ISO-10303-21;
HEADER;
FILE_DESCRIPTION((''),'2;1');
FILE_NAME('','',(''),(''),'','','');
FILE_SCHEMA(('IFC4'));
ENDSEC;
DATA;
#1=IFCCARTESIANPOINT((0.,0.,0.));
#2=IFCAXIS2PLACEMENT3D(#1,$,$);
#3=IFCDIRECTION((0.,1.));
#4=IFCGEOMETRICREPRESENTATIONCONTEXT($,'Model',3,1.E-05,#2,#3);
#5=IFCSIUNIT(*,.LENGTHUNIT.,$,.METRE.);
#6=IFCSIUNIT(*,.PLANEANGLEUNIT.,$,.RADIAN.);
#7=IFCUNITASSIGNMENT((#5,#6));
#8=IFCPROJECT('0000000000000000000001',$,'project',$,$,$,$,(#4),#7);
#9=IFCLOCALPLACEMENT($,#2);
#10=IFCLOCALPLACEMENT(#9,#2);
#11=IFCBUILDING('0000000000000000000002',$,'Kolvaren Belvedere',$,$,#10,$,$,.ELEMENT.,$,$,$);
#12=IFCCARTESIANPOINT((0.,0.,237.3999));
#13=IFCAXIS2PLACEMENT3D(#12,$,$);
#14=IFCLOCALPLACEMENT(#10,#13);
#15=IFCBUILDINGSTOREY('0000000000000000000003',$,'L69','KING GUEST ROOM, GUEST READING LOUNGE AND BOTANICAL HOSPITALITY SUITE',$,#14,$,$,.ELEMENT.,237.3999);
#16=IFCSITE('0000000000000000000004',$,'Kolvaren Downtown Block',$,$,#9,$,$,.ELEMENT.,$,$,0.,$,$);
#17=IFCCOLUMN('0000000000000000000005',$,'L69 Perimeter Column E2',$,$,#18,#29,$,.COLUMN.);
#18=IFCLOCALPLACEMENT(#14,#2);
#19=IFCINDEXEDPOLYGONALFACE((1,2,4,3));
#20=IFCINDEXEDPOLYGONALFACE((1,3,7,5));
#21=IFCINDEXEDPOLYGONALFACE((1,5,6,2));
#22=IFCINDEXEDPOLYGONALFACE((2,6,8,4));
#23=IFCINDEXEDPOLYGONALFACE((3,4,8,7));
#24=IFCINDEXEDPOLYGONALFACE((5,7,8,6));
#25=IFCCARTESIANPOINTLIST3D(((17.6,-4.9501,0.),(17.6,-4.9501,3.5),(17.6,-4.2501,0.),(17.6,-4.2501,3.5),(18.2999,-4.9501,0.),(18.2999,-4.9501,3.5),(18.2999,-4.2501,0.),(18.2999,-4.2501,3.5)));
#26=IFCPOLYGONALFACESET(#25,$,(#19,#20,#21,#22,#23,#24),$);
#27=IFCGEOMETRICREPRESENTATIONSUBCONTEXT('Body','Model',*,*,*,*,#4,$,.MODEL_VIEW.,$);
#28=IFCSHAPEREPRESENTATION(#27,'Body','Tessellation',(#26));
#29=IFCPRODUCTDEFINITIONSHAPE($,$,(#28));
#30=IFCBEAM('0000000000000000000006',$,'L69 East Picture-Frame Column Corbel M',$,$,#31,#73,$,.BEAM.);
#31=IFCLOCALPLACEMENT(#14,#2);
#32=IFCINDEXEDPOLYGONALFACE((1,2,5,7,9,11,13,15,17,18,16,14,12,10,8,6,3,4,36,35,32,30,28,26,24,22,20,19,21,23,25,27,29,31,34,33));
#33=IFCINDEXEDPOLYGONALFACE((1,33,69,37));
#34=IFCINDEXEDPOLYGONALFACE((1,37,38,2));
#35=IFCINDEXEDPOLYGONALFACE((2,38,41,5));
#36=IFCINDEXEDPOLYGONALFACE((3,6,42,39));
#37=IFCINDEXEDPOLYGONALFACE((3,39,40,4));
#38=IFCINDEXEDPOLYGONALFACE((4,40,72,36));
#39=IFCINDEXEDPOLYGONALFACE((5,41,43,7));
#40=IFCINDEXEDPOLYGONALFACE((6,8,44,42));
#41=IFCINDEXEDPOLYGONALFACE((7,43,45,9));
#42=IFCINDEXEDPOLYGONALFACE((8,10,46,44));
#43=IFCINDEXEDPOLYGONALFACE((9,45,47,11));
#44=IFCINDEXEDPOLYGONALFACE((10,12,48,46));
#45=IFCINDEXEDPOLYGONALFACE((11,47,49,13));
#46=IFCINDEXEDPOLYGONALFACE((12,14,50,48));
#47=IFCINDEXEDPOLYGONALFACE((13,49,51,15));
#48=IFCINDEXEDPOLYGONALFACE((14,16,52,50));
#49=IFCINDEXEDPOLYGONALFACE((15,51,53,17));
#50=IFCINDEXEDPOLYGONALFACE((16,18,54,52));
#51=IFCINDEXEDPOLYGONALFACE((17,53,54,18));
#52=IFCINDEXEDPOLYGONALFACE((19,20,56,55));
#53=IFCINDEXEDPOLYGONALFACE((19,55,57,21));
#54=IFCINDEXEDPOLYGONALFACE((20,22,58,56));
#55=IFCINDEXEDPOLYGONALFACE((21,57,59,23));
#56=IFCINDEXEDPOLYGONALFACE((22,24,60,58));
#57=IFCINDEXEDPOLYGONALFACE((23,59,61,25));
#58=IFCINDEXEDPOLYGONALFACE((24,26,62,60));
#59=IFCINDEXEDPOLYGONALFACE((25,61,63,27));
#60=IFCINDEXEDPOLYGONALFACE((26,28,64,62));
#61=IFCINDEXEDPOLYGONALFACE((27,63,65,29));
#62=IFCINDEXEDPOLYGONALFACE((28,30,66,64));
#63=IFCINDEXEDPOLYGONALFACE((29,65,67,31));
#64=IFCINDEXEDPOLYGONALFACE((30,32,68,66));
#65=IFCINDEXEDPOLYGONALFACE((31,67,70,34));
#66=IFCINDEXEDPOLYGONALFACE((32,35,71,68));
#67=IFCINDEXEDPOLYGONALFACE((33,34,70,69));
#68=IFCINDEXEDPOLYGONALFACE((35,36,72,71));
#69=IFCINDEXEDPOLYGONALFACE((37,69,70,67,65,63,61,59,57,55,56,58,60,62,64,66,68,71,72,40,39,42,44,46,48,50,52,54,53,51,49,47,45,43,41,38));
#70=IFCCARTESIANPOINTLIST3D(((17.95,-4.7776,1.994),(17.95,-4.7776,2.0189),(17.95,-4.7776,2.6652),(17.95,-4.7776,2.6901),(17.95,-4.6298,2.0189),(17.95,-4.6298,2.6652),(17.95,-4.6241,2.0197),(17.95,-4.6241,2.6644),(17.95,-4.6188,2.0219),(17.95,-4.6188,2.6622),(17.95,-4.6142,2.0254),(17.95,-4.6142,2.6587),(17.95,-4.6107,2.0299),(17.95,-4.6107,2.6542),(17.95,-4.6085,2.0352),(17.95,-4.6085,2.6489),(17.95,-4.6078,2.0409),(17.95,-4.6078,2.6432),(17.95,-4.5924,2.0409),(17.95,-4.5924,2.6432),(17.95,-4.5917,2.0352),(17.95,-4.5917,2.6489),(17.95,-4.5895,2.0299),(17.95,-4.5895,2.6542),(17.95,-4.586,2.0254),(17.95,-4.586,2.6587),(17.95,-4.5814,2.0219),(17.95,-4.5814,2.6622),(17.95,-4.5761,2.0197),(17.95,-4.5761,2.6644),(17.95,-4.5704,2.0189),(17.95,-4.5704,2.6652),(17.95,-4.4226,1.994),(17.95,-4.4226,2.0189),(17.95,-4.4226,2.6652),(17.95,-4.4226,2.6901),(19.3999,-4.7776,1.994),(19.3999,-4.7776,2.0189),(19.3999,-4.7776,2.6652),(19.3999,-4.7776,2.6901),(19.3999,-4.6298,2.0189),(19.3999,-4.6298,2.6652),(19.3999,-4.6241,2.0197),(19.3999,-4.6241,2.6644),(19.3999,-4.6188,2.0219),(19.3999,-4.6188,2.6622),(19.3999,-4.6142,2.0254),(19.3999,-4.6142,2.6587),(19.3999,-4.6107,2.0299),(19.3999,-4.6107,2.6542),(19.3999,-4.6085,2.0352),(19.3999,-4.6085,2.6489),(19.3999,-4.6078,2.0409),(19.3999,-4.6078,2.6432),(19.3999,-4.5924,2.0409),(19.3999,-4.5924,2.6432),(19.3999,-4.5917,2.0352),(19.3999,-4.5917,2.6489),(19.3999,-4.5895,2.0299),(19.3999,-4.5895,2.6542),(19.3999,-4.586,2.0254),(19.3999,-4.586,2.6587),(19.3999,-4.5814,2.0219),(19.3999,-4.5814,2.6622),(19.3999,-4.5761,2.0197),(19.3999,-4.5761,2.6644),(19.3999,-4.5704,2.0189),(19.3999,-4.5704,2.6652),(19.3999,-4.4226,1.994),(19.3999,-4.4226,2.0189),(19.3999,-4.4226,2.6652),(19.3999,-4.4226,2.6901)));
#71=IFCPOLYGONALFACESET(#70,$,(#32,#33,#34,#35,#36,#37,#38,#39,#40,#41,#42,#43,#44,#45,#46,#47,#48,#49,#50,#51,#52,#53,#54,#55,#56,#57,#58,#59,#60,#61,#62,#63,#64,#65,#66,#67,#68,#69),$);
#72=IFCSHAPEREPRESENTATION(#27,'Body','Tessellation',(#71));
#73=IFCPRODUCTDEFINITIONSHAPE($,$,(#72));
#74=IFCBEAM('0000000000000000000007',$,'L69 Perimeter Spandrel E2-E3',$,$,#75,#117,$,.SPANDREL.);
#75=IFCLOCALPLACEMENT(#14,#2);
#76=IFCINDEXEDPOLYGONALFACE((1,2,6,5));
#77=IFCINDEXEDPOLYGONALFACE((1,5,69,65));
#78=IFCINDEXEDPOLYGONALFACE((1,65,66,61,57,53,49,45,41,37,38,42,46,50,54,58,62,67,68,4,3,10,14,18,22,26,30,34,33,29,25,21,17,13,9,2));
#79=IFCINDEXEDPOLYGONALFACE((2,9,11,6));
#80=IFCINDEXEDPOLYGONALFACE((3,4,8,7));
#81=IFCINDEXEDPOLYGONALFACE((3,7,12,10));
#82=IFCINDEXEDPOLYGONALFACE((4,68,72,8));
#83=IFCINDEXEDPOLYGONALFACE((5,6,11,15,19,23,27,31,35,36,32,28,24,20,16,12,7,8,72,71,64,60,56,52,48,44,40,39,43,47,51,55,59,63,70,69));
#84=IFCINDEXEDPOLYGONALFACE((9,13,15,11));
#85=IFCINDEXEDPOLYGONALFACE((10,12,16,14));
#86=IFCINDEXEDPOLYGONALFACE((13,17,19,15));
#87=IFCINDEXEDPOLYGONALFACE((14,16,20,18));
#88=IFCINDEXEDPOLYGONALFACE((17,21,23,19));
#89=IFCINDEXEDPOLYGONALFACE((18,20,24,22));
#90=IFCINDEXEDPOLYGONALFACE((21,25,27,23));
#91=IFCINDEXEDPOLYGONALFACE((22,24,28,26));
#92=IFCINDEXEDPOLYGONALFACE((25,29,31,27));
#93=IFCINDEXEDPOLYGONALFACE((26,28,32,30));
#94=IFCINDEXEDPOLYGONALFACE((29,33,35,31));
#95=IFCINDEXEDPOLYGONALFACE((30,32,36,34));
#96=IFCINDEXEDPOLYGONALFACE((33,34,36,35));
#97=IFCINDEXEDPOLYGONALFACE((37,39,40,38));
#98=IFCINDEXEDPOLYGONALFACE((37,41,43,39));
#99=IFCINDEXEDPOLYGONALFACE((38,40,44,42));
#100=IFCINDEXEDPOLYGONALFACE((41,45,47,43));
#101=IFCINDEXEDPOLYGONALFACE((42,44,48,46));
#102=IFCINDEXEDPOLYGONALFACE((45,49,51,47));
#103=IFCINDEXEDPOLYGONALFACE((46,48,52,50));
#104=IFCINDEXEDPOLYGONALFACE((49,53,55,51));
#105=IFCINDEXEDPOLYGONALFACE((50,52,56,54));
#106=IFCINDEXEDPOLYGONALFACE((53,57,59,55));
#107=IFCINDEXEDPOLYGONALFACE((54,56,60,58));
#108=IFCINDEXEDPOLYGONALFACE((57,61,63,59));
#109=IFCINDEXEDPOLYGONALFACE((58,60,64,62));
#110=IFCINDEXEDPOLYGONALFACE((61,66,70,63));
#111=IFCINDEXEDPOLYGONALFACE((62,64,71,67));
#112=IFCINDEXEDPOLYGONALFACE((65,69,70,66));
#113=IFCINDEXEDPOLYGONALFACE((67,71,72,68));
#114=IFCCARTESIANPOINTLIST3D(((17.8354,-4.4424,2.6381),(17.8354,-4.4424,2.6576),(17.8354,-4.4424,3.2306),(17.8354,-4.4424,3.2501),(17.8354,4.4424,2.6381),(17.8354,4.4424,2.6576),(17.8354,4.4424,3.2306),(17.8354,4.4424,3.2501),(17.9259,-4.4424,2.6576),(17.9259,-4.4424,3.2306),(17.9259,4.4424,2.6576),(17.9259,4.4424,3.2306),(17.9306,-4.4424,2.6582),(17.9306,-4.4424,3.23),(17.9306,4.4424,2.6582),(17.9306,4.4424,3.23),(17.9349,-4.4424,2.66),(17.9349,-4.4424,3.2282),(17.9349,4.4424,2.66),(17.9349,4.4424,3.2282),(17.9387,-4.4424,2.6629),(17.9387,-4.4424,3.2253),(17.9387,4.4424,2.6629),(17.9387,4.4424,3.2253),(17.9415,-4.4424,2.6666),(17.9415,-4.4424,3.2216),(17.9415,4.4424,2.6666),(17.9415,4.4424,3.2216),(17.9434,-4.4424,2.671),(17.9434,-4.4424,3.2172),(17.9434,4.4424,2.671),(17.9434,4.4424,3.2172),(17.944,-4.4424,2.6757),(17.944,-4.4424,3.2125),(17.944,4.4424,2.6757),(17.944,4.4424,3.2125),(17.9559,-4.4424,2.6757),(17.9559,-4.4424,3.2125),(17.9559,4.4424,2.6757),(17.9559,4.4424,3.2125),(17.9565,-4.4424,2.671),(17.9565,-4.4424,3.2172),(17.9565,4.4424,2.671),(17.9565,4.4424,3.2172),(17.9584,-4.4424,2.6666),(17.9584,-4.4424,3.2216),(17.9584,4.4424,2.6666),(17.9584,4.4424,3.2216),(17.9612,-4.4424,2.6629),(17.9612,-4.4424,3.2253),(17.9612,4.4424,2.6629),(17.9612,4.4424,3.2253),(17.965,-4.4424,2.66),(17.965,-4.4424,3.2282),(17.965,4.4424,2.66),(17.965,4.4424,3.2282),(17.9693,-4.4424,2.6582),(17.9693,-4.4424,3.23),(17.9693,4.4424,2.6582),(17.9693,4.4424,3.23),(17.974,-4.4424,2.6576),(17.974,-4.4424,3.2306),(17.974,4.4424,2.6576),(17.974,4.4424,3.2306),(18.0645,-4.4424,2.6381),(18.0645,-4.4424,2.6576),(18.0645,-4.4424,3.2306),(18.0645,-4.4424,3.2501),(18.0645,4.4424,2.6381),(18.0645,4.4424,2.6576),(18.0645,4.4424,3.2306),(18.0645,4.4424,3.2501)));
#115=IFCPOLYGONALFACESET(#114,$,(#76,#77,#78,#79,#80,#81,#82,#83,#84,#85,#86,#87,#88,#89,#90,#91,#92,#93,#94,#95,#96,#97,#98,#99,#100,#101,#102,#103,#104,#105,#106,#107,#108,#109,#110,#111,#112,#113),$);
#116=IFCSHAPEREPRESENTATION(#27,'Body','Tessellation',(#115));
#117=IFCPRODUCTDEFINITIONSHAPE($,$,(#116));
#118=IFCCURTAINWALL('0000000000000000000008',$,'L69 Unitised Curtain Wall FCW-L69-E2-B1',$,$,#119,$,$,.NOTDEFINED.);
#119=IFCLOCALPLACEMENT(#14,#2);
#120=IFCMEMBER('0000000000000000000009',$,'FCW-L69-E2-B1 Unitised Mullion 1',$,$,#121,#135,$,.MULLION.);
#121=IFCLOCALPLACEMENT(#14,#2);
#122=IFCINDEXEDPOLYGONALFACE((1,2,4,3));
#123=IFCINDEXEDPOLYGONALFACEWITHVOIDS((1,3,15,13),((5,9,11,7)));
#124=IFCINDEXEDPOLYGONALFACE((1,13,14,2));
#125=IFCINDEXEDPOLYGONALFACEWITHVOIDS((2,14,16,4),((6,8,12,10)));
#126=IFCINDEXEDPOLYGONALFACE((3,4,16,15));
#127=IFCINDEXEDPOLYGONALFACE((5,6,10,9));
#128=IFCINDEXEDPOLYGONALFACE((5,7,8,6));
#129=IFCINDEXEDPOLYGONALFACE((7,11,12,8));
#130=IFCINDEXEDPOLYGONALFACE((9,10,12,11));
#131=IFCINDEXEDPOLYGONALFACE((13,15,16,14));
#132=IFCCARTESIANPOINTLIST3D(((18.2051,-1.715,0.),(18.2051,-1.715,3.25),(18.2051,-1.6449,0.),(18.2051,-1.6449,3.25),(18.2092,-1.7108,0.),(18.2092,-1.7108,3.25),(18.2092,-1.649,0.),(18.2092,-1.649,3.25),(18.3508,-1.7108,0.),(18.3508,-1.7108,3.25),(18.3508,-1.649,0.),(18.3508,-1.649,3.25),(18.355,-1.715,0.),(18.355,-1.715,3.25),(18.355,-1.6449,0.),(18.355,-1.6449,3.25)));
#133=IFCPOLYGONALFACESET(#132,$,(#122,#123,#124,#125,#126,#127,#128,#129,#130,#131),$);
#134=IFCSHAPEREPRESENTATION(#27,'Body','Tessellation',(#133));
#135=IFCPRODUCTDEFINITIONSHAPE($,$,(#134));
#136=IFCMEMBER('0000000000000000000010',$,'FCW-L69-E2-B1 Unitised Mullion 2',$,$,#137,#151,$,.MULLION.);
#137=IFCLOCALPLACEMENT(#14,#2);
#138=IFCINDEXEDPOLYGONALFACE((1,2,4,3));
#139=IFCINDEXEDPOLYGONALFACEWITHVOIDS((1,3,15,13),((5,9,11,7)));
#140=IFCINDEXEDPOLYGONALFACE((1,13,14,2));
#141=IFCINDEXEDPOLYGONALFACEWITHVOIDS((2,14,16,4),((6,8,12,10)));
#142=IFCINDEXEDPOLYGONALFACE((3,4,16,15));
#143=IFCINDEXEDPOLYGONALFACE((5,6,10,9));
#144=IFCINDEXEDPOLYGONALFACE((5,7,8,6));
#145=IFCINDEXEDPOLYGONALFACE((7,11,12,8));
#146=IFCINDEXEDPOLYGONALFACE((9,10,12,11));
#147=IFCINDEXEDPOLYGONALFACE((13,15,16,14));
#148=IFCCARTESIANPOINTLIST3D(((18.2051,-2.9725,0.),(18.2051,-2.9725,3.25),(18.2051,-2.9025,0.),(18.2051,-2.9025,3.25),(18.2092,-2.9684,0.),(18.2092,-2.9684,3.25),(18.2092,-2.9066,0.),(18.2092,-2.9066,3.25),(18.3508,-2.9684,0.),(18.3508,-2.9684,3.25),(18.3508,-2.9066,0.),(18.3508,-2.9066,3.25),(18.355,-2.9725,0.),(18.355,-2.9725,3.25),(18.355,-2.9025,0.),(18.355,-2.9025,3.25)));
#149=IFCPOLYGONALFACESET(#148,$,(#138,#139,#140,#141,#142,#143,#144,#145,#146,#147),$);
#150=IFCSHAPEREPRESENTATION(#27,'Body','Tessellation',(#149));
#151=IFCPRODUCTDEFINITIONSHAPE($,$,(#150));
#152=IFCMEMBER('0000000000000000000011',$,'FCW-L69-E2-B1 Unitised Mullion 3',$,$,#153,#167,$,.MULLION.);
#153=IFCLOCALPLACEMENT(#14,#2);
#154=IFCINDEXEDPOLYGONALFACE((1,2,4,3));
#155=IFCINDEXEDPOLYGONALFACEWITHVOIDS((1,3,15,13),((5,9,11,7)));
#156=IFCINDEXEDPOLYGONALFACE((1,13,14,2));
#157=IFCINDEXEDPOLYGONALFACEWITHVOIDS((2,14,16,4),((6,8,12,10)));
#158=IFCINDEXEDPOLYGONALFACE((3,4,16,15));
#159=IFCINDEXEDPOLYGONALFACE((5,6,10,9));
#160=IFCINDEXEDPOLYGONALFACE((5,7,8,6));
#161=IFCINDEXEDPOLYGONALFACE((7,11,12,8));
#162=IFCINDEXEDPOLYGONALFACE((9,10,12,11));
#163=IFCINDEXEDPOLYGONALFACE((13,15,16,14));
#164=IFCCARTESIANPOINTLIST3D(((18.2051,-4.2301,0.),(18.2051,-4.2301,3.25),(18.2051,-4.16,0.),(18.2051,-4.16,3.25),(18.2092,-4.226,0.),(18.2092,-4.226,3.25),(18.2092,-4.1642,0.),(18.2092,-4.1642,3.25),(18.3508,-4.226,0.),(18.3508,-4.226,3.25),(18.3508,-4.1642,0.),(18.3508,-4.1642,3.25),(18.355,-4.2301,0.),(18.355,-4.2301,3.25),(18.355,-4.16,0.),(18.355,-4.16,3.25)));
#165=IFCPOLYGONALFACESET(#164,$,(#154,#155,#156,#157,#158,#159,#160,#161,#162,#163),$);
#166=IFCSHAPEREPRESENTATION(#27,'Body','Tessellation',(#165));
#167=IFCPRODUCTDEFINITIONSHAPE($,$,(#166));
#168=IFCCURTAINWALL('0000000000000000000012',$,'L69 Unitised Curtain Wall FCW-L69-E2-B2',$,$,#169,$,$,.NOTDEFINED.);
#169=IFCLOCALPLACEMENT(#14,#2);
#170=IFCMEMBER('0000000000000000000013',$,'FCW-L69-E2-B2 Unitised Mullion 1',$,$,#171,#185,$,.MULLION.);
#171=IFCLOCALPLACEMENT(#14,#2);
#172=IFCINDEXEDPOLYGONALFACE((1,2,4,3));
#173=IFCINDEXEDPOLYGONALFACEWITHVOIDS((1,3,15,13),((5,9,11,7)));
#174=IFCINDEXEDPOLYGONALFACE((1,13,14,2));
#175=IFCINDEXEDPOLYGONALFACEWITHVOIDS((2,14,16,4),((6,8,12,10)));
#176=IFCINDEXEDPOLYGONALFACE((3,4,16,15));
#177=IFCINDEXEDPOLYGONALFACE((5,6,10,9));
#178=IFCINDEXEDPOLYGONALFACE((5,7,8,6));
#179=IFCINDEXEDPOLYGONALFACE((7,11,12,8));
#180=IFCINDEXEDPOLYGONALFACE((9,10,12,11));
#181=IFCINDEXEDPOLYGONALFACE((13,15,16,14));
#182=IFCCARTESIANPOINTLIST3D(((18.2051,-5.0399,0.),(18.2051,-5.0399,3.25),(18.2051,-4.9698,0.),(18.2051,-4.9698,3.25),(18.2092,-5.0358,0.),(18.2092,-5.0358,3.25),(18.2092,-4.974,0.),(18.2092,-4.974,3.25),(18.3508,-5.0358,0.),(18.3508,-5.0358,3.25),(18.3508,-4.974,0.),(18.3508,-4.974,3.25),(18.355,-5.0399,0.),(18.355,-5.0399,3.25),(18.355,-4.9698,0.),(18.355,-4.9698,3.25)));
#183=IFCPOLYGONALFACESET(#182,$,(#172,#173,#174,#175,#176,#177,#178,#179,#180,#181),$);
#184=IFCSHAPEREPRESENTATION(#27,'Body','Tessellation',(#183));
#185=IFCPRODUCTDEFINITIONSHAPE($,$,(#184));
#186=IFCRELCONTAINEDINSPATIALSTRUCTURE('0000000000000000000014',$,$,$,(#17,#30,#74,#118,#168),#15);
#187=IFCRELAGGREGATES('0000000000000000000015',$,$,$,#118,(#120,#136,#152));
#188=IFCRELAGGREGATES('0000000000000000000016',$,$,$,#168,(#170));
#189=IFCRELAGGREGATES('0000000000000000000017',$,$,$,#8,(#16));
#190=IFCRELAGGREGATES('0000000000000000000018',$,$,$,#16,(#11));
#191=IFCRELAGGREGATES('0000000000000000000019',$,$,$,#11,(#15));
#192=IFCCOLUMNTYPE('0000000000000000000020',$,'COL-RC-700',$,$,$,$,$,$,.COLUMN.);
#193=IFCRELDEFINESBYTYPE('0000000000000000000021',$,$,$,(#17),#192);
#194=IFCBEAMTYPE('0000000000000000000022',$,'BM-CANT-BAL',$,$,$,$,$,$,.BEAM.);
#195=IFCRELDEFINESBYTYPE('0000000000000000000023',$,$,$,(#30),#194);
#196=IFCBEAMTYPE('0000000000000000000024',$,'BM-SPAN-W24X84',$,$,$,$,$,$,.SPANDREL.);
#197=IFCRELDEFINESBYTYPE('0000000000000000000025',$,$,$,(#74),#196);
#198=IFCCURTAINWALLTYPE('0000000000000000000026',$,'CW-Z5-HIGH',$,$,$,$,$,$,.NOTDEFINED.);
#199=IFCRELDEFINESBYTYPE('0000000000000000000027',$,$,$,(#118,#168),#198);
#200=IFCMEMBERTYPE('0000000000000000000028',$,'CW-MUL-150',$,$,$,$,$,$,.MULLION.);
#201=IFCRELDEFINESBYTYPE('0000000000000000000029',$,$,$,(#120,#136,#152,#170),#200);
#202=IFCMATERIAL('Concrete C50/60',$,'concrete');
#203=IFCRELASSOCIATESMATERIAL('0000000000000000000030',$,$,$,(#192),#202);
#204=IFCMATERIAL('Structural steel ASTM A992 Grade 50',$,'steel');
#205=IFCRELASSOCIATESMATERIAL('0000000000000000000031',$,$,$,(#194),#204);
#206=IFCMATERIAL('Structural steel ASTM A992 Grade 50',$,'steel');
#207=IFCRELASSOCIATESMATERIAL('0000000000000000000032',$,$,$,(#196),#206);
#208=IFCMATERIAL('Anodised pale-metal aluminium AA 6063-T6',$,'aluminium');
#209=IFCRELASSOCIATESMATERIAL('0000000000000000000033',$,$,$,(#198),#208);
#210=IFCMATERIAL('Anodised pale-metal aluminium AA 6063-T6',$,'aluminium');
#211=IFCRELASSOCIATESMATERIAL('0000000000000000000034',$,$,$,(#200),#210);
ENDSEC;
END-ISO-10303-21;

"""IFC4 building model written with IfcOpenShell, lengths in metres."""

from ifc_helpers import new_model, si_unit, direction, frame, origin, origin_2d, place, context, subcontext, project, spatial, rectangle, hollow_rectangle, i_section, extrude, material, material_profile, profile_set, type_object, element, aggregate, save


model = new_model("IFC4")

# Units and contexts
model_context = context("Model", 3, precision=1e-05, world=origin(), true_north=direction((0.0, 1.0)))
body_context = subcontext(model_context, "Body", "Model", "MODEL_VIEW")
ifc_project = project(units=[si_unit("LENGTHUNIT", "METRE"), si_unit("PLANEANGLEUNIT", "RADIAN")], contexts=[model_context])

# Site, building, storey
site_placement = place(None, origin())
site = spatial("IfcSite", under=ifc_project, at=site_placement, Name="Kolvaren Downtown Block", CompositionType="ELEMENT", RefElevation=0.0)
building_placement = place(site_placement, origin())
building = spatial("IfcBuilding", under=site, at=building_placement, Name="Kolvaren Belvedere", CompositionType="ELEMENT")
storey_placement = place(building_placement, frame((0.0, 0.0, 237.3999)))
storey = spatial("IfcBuildingStorey", under=building, at=storey_placement, Name="L69", Description="KING GUEST ROOM, GUEST READING LOUNGE AND BOTANICAL HOSPITALITY SUITE", CompositionType="ELEMENT", Elevation=237.3999)

# Column
ifc_material_1 = material(Name="Concrete C50/60", Category="concrete")
ifc_material_profile_1 = material_profile(ifc_material_1, rectangle(XDim=0.7, YDim=0.7, at=origin_2d()), Name="RC 700X700")
ifc_profile_set_1 = profile_set([ifc_material_profile_1], Name="Concrete C50/60")
column_type = type_object("IfcColumnType", Name="COL-RC-700", PredefinedType="COLUMN", material=ifc_profile_set_1)
column_placement = place(storey_placement, frame((17.95, -4.6001, 0.0), z_axis=(0.0, 0.0, 1.0), x_axis=(1.0, 0.0, 0.0)))
element("IfcColumn", 1, at=column_placement, inside=storey, type_object=column_type, Name="L69 Perimeter Column E2", PredefinedType="COLUMN", context=body_context, shape_type="SweptSolid", body=[
    extrude(rectangle(XDim=0.7, YDim=0.7, at=origin_2d()), origin(), (0.0, 0.0, 1.0), 3.5),
])

# Beams
ifc_material_2 = material(Name="Structural steel ASTM A992 Grade 50", Category="steel")
ifc_material_profile_2 = material_profile(ifc_material_2, i_section(OverallWidth=0.355, OverallDepth=0.696, WebThickness=0.0154, FlangeThickness=0.0249, FilletRadius=0.022, at=origin_2d()), Name="W27X146")
ifc_profile_set_2 = profile_set([ifc_material_profile_2], Name="Structural steel ASTM A992 Grade 50")
beam_type_1 = type_object("IfcBeamType", Name="BM-CANT-BAL", PredefinedType="BEAM", material=ifc_profile_set_2)
beam_1_placement = place(storey_placement, frame((17.95, -4.6001, 2.342), z_axis=(1.0, 0.0, 0.0), x_axis=(0.0, 1.0, 0.0)))
element("IfcBeam", 2, at=beam_1_placement, inside=storey, type_object=beam_type_1, Name="L69 East Picture-Frame Column Corbel M", PredefinedType="BEAM", context=body_context, shape_type="SweptSolid", body=[
    extrude(i_section(OverallWidth=0.355, OverallDepth=0.696, WebThickness=0.0154, FlangeThickness=0.0249, FilletRadius=0.022, at=origin_2d()), origin(), (0.0, 0.0, 1.0), 1.45),
])
ifc_material_3 = material(Name="Structural steel ASTM A992 Grade 50", Category="steel")
ifc_material_profile_3 = material_profile(ifc_material_3, i_section(OverallWidth=0.229, OverallDepth=0.6121, WebThickness=0.012, FlangeThickness=0.0195, FilletRadius=0.0181, at=origin_2d()), Name="W24X84")
ifc_profile_set_3 = profile_set([ifc_material_profile_3], Name="Structural steel ASTM A992 Grade 50")
beam_type_2 = type_object("IfcBeamType", Name="BM-SPAN-W24X84", PredefinedType="SPANDREL", material=ifc_profile_set_3)
beam_2_placement = place(storey_placement, frame((17.95, -4.4424, 2.9441), z_axis=(0.0, 1.0, 0.0), x_axis=(-1.0, 0.0, 0.0)))
element("IfcBeam", 3, at=beam_2_placement, inside=storey, type_object=beam_type_2, Name="L69 Perimeter Spandrel E2-E3", PredefinedType="SPANDREL", context=body_context, shape_type="SweptSolid", body=[
    extrude(i_section(OverallWidth=0.229, OverallDepth=0.6121, WebThickness=0.012, FlangeThickness=0.0195, FilletRadius=0.0181, at=origin_2d()), origin(), (0.0, 0.0, 1.0), 8.8848),
])

# Curtain wall, members
ifc_material_4 = material(Name="Anodised pale-metal aluminium AA 6063-T6", Category="aluminium")
curtain_wall_type = type_object("IfcCurtainWallType", Name="CW-Z5-HIGH", PredefinedType="NOTDEFINED", material=ifc_material_4)
curtain_wall_1_placement = place(storey_placement, origin())
curtain_wall_1 = element("IfcCurtainWall", 4, at=curtain_wall_1_placement, inside=storey, type_object=curtain_wall_type, Name="L69 Unitised Curtain Wall FCW-L69-E2-B1", PredefinedType="NOTDEFINED")
ifc_material_5 = material(Name="Anodised pale-metal aluminium AA 6063-T6", Category="aluminium")
ifc_material_profile_4 = material_profile(ifc_material_5, hollow_rectangle(XDim=0.0701, YDim=0.1499, WallThickness=0.0042, at=origin_2d()), Name="ALU-MUL-150X70")
ifc_profile_set_4 = profile_set([ifc_material_profile_4], Name="Anodised pale-metal aluminium AA 6063-T6")
member_type_1 = type_object("IfcMemberType", Name="CW-MUL-150", PredefinedType="MULLION", material=ifc_profile_set_4)
member_1_placement = place(storey_placement, frame((18.28, -1.6799, 0.0), z_axis=(0.0, 0.0, 1.0), x_axis=(0.0, 1.0, 0.0)))
member_1 = element("IfcMember", 5, at=member_1_placement, type_object=member_type_1, Name="FCW-L69-E2-B1 Unitised Mullion 1", PredefinedType="MULLION", context=body_context, shape_type="SweptSolid", body=[
    extrude(hollow_rectangle(XDim=0.0701, YDim=0.1499, WallThickness=0.0042, at=origin_2d()), origin(), (0.0, 0.0, 1.0), 3.25),
])
member_2_placement = place(storey_placement, frame((18.28, -2.9375, 0.0), z_axis=(0.0, 0.0, 1.0), x_axis=(0.0, 1.0, 0.0)))
member_2 = element("IfcMember", 6, at=member_2_placement, type_object=member_type_1, Name="FCW-L69-E2-B1 Unitised Mullion 2", PredefinedType="MULLION", context=body_context, shape_type="SweptSolid", body=[
    extrude(hollow_rectangle(XDim=0.0701, YDim=0.1499, WallThickness=0.0042, at=origin_2d()), origin(), (0.0, 0.0, 1.0), 3.25),
])
member_3_placement = place(storey_placement, frame((18.28, -4.1951, 0.0), z_axis=(0.0, 0.0, 1.0), x_axis=(0.0, 1.0, 0.0)))
member_3 = element("IfcMember", 7, at=member_3_placement, type_object=member_type_1, Name="FCW-L69-E2-B1 Unitised Mullion 3", PredefinedType="MULLION", context=body_context, shape_type="SweptSolid", body=[
    extrude(hollow_rectangle(XDim=0.0701, YDim=0.1499, WallThickness=0.0042, at=origin_2d()), origin(), (0.0, 0.0, 1.0), 3.25),
])

# Curtain wall, member
curtain_wall_2_placement = place(storey_placement, origin())
curtain_wall_2 = element("IfcCurtainWall", 8, at=curtain_wall_2_placement, inside=storey, type_object=curtain_wall_type, Name="L69 Unitised Curtain Wall FCW-L69-E2-B2", PredefinedType="NOTDEFINED")
member_4_placement = place(storey_placement, frame((18.28, -5.0049, 0.0), z_axis=(0.0, 0.0, 1.0), x_axis=(0.0, 1.0, 0.0)))
member_4 = element("IfcMember", 9, at=member_4_placement, type_object=member_type_1, Name="FCW-L69-E2-B2 Unitised Mullion 1", PredefinedType="MULLION", context=body_context, shape_type="SweptSolid", body=[
    extrude(hollow_rectangle(XDim=0.0701, YDim=0.1499, WallThickness=0.0042, at=origin_2d()), origin(), (0.0, 0.0, 1.0), 3.25),
])

aggregate(curtain_wall_1, [member_1, member_2, member_3])
aggregate(curtain_wall_2, [member_4])

save(model, "model.ifc")
